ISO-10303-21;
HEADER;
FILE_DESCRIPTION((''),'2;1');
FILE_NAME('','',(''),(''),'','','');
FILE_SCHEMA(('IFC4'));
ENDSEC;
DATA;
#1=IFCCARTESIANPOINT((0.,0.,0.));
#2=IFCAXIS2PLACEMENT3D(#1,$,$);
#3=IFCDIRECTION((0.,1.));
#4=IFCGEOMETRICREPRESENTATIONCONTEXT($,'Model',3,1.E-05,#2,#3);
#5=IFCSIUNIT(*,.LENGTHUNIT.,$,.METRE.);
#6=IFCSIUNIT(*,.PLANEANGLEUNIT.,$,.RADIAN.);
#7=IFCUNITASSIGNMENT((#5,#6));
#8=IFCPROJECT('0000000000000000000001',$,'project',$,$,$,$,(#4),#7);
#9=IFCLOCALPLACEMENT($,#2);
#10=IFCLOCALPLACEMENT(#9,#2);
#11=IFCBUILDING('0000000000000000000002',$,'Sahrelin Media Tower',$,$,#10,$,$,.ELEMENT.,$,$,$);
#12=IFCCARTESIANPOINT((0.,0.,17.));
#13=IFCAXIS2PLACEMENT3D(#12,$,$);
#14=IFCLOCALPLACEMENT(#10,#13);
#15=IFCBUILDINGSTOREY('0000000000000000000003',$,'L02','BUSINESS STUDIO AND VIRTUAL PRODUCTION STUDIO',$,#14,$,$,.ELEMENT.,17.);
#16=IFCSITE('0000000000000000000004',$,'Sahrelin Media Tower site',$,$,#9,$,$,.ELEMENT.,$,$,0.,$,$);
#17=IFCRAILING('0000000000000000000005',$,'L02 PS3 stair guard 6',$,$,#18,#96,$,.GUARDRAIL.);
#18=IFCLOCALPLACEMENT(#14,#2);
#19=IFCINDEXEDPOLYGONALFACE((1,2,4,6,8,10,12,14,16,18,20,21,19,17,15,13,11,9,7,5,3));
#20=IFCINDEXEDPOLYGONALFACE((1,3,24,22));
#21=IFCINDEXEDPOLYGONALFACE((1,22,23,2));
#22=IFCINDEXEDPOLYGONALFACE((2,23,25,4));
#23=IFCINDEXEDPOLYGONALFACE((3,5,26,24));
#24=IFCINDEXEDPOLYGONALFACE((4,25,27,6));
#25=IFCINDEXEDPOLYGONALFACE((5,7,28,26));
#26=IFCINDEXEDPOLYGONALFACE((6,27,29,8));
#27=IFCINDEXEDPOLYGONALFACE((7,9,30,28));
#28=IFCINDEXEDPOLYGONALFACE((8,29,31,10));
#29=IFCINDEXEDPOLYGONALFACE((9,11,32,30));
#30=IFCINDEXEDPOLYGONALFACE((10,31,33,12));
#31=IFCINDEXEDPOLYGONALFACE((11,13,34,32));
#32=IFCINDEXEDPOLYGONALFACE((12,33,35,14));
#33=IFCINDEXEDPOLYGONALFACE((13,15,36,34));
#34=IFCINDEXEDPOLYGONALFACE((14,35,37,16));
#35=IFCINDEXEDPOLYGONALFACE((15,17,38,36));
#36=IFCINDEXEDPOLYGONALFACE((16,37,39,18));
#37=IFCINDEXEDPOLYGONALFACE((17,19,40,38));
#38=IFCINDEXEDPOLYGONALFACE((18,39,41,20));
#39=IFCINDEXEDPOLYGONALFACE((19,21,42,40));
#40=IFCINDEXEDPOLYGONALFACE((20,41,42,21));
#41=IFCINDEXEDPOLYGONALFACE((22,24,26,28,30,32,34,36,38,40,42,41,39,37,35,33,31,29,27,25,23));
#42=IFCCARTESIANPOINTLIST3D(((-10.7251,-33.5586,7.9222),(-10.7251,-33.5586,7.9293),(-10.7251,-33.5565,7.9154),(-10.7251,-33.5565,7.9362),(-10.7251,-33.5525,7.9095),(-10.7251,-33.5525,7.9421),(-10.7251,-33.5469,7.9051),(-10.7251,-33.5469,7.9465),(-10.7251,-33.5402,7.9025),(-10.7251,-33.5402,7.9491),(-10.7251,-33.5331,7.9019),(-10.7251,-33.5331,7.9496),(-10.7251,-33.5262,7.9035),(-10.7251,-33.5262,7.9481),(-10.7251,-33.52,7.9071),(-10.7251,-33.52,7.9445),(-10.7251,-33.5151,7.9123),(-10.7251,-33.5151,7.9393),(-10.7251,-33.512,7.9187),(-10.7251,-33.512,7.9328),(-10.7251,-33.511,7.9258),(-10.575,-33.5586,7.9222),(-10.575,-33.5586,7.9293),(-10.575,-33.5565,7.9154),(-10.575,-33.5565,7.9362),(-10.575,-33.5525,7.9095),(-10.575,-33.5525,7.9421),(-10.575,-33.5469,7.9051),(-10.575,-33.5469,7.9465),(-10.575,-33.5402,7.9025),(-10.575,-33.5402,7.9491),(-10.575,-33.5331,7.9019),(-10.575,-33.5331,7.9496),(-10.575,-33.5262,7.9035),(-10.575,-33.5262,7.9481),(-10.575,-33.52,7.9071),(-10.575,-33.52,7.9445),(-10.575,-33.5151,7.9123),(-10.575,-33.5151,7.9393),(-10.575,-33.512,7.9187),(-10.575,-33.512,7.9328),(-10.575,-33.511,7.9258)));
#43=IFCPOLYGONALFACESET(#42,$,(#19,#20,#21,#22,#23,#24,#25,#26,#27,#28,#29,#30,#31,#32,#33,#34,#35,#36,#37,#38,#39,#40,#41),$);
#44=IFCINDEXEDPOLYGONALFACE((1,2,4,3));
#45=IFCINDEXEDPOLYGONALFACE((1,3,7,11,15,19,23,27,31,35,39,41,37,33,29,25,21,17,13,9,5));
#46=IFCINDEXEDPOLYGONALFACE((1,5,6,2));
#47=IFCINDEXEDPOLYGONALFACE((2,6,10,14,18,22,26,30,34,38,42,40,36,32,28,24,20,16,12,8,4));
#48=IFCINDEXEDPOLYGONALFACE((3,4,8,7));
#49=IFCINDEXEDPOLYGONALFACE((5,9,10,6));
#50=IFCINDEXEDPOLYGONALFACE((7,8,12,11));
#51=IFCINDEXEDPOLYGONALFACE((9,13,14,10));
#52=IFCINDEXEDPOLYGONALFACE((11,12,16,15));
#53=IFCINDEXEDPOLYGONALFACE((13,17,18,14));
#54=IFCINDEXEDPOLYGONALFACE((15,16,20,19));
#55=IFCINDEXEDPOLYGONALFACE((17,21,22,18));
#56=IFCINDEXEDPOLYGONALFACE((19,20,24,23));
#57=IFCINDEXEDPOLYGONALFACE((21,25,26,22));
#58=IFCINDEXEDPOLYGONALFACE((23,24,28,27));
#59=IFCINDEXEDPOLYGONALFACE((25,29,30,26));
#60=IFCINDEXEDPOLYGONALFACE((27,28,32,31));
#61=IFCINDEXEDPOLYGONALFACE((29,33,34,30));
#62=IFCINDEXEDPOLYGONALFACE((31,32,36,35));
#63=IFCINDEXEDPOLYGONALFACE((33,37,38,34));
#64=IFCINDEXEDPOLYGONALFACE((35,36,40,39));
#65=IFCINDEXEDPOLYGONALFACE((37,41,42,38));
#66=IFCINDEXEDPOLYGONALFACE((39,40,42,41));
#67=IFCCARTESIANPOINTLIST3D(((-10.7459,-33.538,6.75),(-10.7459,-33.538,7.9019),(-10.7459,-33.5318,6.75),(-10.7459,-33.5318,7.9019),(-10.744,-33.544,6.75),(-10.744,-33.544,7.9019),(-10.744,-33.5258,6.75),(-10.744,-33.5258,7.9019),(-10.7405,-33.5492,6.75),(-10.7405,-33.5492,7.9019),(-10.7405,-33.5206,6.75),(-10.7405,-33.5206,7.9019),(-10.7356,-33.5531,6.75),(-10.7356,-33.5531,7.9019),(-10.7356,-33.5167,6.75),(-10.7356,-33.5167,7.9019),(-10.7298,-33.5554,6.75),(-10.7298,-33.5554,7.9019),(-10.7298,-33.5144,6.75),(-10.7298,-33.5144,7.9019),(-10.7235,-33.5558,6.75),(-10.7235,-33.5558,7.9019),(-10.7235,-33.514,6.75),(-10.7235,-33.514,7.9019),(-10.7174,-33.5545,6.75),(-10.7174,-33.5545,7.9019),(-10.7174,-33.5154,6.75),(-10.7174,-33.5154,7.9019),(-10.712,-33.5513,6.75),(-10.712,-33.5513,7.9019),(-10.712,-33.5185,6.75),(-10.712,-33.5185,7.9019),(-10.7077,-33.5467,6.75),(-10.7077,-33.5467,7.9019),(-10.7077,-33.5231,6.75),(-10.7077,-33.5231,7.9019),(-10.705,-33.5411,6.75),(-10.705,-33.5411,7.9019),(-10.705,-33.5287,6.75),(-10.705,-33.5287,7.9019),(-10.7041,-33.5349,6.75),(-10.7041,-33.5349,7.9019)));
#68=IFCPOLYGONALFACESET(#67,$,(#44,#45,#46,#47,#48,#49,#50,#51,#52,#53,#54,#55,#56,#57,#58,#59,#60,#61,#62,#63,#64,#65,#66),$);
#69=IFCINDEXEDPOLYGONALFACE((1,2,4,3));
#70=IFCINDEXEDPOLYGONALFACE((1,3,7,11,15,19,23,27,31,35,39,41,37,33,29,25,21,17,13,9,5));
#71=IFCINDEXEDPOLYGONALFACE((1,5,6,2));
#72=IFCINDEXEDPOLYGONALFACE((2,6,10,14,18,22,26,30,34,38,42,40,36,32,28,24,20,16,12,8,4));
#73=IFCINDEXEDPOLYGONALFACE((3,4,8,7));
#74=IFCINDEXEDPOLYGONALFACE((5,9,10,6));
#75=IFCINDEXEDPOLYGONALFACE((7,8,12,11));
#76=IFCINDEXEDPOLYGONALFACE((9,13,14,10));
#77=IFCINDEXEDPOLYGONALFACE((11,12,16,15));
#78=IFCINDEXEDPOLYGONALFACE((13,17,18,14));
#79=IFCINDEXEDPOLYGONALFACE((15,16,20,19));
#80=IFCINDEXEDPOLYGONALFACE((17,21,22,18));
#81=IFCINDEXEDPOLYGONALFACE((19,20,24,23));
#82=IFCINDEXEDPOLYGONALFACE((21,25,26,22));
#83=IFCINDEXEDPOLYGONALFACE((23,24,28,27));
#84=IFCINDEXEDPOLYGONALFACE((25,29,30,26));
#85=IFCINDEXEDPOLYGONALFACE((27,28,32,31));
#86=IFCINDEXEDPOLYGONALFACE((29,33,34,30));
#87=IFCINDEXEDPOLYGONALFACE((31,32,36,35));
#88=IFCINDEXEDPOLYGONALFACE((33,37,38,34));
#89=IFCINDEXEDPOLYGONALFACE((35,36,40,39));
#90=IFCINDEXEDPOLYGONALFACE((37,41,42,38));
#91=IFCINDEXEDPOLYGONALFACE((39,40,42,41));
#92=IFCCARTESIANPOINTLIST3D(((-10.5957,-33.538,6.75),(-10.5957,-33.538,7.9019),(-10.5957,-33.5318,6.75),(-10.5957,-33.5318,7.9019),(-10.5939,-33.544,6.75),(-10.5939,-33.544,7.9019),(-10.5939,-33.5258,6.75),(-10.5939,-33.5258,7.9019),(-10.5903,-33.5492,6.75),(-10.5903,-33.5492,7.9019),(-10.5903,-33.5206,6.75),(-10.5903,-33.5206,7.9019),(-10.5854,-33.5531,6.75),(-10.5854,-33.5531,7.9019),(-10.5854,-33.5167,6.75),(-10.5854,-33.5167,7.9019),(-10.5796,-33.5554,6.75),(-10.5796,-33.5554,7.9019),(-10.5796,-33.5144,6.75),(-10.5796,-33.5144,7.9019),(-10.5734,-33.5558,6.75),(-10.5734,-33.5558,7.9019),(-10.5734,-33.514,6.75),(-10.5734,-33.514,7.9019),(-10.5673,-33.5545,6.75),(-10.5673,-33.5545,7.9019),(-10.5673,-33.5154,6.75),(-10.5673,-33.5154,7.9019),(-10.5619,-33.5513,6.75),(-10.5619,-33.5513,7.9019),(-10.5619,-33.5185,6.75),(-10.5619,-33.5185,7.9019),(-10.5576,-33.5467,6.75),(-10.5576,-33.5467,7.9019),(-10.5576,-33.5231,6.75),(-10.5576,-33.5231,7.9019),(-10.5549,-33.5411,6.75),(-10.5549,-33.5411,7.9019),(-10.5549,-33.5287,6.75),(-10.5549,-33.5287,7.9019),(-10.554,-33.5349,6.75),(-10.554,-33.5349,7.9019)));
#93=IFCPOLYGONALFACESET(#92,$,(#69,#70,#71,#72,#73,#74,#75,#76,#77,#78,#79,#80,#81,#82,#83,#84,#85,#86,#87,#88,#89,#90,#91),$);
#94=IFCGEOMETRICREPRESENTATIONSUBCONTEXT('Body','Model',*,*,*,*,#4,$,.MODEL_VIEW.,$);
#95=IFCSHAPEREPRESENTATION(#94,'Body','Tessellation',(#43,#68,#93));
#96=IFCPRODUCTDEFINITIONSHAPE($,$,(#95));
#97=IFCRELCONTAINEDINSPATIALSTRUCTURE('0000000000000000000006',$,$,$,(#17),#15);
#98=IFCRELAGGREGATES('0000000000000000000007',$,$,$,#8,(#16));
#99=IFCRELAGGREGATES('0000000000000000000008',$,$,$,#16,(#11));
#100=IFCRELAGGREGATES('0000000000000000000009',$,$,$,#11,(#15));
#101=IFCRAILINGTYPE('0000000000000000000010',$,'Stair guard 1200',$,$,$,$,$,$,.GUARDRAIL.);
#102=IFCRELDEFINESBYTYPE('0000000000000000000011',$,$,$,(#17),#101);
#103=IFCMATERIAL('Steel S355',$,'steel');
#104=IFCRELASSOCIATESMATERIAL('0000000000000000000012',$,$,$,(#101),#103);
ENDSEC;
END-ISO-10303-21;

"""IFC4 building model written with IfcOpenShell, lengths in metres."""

from ifc_helpers import new_model, si_unit, direction, frame, origin, origin_2d, place, context, subcontext, project, spatial, circle, extrude, material, type_object, element, save


model = new_model("IFC4")

# Units and contexts
model_context = context("Model", 3, precision=1e-05, world=origin(), true_north=direction((0.0, 1.0)))
body_context = subcontext(model_context, "Body", "Model", "MODEL_VIEW")
ifc_project = project(units=[si_unit("LENGTHUNIT", "METRE"), si_unit("PLANEANGLEUNIT", "RADIAN")], contexts=[model_context])

# Site, building, storey
site_placement = place(None, origin())
site = spatial("IfcSite", under=ifc_project, at=site_placement, Name="Sahrelin Media Tower site", CompositionType="ELEMENT", RefElevation=0.0)
building_placement = place(site_placement, origin())
building = spatial("IfcBuilding", under=site, at=building_placement, Name="Sahrelin Media Tower", CompositionType="ELEMENT")
storey_placement = place(building_placement, frame((0.0, 0.0, 17.0)))
storey = spatial("IfcBuildingStorey", under=building, at=storey_placement, Name="L02", Description="BUSINESS STUDIO AND VIRTUAL PRODUCTION STUDIO", CompositionType="ELEMENT", Elevation=17.0)

# Shared definitions
ifc_material_1 = material(Name="Steel S355", Category="steel")

# Railing
railing_type_1 = type_object("IfcRailingType", Name="Stair guard 1200", PredefinedType="GUARDRAIL", material=ifc_material_1)
railing_1_placement = place(storey_placement, frame((-10.7251, -33.5349, 6.75)))
element("IfcRailing", 1, at=railing_1_placement, inside=storey, type_object=railing_type_1, Name="L02 PS3 stair guard 6", PredefinedType="GUARDRAIL", context=body_context, shape_type="SweptSolid", body=[
    extrude(circle(Radius=0.0239, at=origin_2d()), frame((0.0, 0.0, 1.1758), z_axis=(1.0, 0.0, 0.0), x_axis=(0.0, 1.0, 0.0)), (0.0, 0.0, 1.0), 0.1501),
    extrude(circle(Radius=0.021, at=origin_2d()), origin(), (0.0, 0.0, 1.0), 1.1519),
    extrude(circle(Radius=0.021, at=origin_2d()), frame((0.1501, 0.0, 0.0)), (0.0, 0.0, 1.0), 1.1519),
])

save(model, "model.ifc")
